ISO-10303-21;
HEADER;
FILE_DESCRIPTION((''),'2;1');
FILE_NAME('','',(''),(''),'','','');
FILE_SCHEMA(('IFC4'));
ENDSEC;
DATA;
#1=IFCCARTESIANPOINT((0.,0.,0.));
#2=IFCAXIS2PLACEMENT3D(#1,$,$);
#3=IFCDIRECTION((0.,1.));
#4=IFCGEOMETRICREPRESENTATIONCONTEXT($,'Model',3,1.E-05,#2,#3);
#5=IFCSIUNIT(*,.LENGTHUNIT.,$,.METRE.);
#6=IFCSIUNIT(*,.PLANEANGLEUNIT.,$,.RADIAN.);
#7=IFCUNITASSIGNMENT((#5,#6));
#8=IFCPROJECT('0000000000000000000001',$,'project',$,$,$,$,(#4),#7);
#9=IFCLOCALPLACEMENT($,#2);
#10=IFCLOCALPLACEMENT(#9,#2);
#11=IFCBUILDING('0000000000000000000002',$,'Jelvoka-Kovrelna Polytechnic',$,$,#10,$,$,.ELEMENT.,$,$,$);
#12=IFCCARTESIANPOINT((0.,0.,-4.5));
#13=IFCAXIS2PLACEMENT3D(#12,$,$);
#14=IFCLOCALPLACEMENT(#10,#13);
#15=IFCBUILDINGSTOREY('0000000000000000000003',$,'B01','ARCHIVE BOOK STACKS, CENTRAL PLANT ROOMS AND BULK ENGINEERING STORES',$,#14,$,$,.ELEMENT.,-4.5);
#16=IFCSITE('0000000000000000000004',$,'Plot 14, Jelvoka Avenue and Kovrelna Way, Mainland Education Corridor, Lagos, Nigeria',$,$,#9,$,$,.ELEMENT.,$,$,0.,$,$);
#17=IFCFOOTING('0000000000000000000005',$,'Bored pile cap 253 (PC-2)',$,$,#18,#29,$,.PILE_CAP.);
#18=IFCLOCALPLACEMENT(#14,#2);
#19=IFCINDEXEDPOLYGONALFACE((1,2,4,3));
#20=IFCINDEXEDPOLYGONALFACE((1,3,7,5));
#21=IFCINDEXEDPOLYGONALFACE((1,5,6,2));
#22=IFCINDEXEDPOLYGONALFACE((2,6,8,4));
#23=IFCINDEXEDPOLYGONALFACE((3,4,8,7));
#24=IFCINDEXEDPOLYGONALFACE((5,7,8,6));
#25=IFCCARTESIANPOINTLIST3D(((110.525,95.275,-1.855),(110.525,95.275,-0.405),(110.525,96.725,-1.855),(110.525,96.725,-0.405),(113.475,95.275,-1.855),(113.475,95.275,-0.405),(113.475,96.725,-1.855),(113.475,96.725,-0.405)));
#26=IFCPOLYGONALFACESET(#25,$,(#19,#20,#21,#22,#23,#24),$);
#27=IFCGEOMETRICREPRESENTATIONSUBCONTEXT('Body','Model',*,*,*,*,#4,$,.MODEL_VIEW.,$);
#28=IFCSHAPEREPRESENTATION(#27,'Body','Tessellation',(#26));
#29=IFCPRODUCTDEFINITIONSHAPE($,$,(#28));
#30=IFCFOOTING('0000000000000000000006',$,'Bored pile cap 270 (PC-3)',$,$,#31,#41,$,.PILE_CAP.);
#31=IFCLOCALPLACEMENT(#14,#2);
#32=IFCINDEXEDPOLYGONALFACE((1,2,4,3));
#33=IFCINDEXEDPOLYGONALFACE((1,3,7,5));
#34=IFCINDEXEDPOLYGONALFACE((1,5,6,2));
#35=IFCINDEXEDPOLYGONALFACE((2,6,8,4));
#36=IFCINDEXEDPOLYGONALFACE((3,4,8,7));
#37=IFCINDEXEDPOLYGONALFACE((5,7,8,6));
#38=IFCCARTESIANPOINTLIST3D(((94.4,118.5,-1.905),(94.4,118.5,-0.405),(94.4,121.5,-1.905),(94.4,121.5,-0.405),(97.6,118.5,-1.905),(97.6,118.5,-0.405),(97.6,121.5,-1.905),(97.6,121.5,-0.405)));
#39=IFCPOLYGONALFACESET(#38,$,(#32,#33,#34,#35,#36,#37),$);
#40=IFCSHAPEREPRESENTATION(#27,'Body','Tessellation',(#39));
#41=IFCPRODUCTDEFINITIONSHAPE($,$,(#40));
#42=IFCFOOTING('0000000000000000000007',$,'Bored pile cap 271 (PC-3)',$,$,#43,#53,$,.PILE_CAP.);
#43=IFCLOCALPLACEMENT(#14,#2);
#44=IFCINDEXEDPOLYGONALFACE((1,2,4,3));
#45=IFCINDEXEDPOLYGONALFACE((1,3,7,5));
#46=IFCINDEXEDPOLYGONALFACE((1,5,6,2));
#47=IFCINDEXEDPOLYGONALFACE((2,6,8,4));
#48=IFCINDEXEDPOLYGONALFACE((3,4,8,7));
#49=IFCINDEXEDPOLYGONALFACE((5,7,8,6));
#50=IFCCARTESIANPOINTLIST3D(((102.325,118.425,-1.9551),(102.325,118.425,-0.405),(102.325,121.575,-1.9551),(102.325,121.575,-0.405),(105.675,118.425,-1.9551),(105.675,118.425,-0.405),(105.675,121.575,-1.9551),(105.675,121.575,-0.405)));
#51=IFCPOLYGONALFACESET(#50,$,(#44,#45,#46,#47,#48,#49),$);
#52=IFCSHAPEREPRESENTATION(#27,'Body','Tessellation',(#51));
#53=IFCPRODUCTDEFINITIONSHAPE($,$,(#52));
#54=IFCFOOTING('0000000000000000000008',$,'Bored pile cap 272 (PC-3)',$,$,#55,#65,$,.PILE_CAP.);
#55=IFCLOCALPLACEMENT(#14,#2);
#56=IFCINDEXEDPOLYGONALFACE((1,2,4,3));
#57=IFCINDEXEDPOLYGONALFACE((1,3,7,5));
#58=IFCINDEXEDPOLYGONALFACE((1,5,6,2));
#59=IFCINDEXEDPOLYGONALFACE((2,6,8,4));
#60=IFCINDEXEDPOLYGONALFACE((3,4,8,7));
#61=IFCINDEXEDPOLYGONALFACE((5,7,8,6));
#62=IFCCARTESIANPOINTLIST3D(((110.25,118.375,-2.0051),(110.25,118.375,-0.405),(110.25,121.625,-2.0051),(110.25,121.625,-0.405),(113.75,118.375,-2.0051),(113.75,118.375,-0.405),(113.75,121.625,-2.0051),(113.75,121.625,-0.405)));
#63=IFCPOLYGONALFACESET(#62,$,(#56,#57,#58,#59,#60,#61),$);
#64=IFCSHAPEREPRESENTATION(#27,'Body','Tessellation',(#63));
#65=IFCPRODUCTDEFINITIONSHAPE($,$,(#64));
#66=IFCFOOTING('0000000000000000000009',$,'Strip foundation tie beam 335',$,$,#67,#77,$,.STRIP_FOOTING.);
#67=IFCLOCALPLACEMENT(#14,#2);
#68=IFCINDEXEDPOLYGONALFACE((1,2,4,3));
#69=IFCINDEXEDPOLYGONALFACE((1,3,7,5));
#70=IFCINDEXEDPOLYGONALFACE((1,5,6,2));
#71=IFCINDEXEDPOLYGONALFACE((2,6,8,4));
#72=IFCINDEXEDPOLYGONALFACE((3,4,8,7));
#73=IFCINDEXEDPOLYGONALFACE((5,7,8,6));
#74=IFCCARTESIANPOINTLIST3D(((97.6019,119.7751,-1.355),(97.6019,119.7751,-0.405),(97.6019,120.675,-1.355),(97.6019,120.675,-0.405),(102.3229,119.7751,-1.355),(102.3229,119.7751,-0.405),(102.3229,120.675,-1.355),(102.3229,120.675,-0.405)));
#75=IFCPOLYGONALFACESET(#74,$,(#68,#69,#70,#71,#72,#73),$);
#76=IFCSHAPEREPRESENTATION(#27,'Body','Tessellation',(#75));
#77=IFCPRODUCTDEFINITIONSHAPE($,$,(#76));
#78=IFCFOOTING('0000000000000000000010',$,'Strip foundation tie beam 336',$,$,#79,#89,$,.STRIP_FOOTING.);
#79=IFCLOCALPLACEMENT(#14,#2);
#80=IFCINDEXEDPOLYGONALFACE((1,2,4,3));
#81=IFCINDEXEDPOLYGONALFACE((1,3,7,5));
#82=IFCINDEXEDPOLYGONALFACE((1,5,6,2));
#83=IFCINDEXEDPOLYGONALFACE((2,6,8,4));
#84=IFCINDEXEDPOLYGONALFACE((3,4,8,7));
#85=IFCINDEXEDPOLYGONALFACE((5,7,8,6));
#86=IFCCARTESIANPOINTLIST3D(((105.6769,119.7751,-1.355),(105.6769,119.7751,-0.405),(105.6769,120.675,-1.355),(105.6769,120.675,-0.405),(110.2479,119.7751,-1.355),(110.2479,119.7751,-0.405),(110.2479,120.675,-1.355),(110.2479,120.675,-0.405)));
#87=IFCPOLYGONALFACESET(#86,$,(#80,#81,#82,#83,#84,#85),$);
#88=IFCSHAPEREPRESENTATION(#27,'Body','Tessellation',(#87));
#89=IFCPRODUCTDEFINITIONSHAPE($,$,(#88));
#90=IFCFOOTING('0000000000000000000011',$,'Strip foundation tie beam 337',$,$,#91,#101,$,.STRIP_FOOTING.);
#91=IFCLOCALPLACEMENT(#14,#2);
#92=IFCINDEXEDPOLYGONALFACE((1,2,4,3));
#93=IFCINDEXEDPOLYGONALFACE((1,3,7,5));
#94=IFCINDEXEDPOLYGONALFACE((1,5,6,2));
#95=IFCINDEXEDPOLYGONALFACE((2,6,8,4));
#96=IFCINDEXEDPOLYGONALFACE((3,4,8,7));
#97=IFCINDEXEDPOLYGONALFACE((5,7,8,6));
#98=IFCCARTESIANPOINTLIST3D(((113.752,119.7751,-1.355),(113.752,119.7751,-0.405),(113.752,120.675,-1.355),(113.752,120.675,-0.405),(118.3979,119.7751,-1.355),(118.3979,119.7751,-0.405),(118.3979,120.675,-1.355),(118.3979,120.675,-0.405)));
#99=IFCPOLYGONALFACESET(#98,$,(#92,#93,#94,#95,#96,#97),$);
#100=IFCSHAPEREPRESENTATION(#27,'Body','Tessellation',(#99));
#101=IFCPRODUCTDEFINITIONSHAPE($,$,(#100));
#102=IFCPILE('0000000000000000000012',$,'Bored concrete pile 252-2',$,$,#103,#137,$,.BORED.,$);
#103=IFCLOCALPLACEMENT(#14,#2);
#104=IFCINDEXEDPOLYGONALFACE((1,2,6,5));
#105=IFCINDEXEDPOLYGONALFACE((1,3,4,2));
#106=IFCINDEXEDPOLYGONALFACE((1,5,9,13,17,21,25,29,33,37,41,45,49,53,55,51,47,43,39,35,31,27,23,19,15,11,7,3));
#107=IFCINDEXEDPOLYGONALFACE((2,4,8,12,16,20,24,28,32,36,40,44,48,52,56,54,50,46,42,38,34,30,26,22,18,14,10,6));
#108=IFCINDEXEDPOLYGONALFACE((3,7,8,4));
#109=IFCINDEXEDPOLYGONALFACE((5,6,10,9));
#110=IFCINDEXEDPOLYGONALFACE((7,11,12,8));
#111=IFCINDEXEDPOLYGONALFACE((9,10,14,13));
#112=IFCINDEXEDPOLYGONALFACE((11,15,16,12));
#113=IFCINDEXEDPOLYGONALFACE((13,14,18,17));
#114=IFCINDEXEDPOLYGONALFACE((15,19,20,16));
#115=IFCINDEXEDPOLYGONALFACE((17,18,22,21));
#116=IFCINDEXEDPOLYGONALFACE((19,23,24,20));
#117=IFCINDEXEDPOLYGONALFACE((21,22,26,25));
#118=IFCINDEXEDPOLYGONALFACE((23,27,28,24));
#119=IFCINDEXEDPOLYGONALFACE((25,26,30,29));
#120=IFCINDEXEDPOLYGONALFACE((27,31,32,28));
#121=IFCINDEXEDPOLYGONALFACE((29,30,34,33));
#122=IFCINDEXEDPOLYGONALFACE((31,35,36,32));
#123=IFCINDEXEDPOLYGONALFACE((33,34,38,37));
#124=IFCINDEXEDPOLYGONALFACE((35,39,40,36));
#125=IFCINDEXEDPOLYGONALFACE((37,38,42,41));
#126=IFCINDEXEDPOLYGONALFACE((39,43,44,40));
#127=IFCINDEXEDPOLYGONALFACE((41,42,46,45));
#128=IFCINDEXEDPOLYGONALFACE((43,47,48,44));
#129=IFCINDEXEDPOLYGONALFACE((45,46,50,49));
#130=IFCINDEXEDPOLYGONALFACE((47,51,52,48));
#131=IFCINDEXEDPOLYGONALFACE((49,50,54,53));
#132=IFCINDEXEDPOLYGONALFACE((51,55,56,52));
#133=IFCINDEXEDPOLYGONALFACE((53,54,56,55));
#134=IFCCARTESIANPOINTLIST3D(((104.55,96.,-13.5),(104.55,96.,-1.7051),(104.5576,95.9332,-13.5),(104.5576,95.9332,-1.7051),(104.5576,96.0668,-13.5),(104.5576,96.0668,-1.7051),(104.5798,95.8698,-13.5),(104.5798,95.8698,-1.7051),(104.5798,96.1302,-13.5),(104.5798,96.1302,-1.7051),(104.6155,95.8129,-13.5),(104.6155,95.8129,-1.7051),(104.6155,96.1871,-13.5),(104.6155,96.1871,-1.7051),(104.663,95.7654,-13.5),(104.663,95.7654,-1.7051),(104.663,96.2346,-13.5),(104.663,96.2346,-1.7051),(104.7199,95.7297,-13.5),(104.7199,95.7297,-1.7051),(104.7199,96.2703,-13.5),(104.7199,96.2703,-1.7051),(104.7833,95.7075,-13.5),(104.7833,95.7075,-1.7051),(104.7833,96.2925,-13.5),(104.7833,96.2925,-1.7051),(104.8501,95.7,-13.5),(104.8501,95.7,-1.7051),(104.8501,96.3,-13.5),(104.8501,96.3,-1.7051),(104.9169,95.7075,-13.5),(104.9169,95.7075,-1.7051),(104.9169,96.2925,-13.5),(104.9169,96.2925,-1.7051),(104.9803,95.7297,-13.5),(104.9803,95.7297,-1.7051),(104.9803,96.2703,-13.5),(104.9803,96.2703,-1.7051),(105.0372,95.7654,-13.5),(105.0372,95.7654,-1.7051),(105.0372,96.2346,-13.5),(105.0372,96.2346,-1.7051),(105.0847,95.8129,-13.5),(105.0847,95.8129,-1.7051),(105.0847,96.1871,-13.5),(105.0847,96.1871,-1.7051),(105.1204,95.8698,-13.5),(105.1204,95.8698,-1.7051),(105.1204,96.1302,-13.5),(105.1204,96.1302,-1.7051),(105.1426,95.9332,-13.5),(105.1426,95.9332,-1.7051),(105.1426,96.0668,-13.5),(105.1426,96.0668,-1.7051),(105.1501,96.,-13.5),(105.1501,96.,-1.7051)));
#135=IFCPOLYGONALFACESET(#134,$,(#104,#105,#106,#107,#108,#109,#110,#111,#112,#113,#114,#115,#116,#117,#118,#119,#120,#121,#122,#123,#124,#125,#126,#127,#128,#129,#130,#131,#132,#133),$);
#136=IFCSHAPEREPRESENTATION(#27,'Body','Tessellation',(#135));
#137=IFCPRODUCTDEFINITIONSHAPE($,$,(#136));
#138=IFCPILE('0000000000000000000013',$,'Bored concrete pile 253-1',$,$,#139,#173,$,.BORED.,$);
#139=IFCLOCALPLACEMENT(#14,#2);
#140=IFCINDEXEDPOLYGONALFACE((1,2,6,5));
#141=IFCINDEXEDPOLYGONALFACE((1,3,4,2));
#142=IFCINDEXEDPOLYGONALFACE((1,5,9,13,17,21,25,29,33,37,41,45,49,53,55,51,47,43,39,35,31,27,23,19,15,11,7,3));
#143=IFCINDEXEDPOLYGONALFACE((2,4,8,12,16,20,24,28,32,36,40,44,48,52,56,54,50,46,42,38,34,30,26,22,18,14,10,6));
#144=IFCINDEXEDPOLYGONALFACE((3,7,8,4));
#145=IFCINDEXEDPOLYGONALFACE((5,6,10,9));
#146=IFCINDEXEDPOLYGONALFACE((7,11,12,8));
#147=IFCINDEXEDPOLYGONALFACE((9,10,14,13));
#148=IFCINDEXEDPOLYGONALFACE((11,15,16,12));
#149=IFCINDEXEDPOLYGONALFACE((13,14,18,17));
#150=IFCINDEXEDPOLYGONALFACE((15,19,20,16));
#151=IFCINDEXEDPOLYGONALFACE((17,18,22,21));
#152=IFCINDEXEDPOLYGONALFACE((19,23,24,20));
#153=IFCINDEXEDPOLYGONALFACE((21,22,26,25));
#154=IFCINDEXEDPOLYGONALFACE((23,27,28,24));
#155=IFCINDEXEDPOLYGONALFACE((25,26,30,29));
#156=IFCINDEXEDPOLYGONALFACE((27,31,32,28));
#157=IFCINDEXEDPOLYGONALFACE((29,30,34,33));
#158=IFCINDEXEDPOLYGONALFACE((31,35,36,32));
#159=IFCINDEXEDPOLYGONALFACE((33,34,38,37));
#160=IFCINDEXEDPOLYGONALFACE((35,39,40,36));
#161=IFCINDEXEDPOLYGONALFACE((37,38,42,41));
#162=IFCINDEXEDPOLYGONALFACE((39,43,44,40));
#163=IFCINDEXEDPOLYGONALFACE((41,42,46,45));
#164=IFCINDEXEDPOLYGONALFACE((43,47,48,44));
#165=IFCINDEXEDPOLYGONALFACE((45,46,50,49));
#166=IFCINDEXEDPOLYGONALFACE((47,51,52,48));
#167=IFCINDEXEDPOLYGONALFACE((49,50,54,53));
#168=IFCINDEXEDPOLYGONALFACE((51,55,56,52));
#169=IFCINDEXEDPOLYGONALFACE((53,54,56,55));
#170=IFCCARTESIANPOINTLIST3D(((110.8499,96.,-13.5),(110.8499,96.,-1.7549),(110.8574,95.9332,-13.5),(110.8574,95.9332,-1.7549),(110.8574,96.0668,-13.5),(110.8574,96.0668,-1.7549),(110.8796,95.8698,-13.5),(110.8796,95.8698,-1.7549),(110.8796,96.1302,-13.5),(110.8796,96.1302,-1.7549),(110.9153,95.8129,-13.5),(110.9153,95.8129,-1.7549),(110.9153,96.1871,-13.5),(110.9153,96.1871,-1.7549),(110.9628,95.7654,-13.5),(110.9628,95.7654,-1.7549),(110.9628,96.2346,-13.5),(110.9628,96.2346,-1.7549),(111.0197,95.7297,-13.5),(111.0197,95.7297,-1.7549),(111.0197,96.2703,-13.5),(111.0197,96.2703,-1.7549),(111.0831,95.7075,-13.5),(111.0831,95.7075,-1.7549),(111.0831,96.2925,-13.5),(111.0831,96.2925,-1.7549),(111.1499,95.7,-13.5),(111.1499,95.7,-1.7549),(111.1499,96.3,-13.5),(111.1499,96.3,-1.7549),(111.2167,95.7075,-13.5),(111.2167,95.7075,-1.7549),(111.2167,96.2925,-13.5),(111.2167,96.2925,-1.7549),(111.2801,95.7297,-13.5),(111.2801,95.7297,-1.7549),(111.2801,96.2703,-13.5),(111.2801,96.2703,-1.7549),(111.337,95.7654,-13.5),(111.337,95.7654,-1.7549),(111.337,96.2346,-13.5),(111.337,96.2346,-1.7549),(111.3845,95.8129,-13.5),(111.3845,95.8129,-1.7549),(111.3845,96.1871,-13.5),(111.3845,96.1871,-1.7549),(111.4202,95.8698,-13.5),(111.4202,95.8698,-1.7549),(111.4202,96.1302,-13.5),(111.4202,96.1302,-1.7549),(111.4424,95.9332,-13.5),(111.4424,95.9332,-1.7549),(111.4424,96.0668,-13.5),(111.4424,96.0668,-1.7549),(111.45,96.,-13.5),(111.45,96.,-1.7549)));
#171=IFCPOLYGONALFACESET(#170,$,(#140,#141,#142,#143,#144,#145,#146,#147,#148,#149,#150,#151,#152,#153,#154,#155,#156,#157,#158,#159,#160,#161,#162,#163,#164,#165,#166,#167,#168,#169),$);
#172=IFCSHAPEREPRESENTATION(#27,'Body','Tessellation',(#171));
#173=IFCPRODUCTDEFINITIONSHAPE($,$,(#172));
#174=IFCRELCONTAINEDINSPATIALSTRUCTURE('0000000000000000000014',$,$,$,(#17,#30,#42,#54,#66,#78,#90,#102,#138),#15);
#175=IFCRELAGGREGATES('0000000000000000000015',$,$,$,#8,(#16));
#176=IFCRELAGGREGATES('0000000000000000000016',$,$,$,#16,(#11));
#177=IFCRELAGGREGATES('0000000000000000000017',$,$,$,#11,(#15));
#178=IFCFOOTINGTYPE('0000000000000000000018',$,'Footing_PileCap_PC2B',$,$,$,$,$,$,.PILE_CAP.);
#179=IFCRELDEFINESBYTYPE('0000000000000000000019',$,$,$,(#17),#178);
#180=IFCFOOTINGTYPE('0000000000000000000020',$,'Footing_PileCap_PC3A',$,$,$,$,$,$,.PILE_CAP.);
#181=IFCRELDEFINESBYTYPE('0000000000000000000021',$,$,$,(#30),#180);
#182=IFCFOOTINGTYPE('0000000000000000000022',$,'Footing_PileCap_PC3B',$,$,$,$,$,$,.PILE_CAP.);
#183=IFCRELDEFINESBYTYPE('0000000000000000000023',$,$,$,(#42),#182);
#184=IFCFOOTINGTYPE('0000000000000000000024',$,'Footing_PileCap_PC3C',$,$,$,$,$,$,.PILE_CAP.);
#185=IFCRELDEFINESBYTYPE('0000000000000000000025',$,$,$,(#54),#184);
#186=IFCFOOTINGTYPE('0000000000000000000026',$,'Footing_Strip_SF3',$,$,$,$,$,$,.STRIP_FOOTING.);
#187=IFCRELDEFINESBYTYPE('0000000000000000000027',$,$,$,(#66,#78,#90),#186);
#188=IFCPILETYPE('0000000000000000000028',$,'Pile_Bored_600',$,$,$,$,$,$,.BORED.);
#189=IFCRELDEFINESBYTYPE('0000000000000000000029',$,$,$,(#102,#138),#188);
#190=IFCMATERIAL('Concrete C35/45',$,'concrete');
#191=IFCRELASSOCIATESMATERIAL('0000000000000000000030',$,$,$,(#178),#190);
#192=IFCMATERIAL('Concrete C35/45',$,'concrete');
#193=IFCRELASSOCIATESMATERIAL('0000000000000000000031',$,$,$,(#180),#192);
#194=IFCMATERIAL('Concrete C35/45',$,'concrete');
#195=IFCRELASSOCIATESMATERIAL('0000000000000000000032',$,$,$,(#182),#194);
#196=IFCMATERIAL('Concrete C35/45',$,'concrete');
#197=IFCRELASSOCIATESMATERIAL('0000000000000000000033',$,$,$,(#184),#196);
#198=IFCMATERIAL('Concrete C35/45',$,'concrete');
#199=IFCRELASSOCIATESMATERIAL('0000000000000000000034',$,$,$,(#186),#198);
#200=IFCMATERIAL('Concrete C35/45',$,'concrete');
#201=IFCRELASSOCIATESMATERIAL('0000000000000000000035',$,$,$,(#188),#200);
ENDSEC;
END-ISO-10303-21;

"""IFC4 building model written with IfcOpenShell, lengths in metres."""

from ifc_helpers import new_model, si_unit, direction, frame, origin, origin_2d, place, context, subcontext, project, spatial, rectangle, circle, extrude, material, material_profile, profile_set, type_object, element, save


model = new_model("IFC4")

# Units and contexts
model_context = context("Model", 3, precision=1e-05, world=origin(), true_north=direction((0.0, 1.0)))
body_context = subcontext(model_context, "Body", "Model", "MODEL_VIEW")
ifc_project = project(units=[si_unit("LENGTHUNIT", "METRE"), si_unit("PLANEANGLEUNIT", "RADIAN")], contexts=[model_context])

# Site, building, storey
site_placement = place(None, origin())
site = spatial("IfcSite", under=ifc_project, at=site_placement, Name="Plot 14, Jelvoka Avenue and Kovrelna Way, Mainland Education Corridor, Lagos, Nigeria", CompositionType="ELEMENT", RefElevation=0.0)
building_placement = place(site_placement, origin())
building = spatial("IfcBuilding", under=site, at=building_placement, Name="Jelvoka-Kovrelna Polytechnic", CompositionType="ELEMENT")
storey_placement = place(building_placement, frame((0.0, 0.0, -4.5)))
storey = spatial("IfcBuildingStorey", under=building, at=storey_placement, Name="B01", Description="ARCHIVE BOOK STACKS, CENTRAL PLANT ROOMS AND BULK ENGINEERING STORES", CompositionType="ELEMENT", Elevation=-4.5)

# Footings
ifc_material_1 = material(Name="Concrete C35/45", Category="concrete")
footing_type_1 = type_object("IfcFootingType", Name="Footing_PileCap_PC2B", PredefinedType="PILE_CAP", material=ifc_material_1)
footing_1_placement = place(storey_placement, frame((112.0, 96.0, -1.855), z_axis=(0.0, 0.0, 1.0), x_axis=(1.0, 0.0, 0.0)))
element("IfcFooting", 1, at=footing_1_placement, inside=storey, type_object=footing_type_1, Name="Bored pile cap 253 (PC-2)", PredefinedType="PILE_CAP", context=body_context, shape_type="SweptSolid", body=[
    extrude(rectangle(XDim=2.95, YDim=1.45, at=origin_2d()), origin(), (0.0, 0.0, 1.0), 1.45),
])
ifc_material_2 = material(Name="Concrete C35/45", Category="concrete")
footing_type_2 = type_object("IfcFootingType", Name="Footing_PileCap_PC3A", PredefinedType="PILE_CAP", material=ifc_material_2)
footing_2_placement = place(storey_placement, frame((96.0, 120.0, -1.905), z_axis=(0.0, 0.0, 1.0), x_axis=(1.0, 0.0, 0.0)))
element("IfcFooting", 2, at=footing_2_placement, inside=storey, type_object=footing_type_2, Name="Bored pile cap 270 (PC-3)", PredefinedType="PILE_CAP", context=body_context, shape_type="SweptSolid", body=[
    extrude(rectangle(XDim=3.2, YDim=3.0, at=origin_2d()), origin(), (0.0, 0.0, 1.0), 1.5),
])
ifc_material_3 = material(Name="Concrete C35/45", Category="concrete")
footing_type_3 = type_object("IfcFootingType", Name="Footing_PileCap_PC3B", PredefinedType="PILE_CAP", material=ifc_material_3)
footing_3_placement = place(storey_placement, frame((104.0, 120.0, -1.9551), z_axis=(0.0, 0.0, 1.0), x_axis=(1.0, 0.0, 0.0)))
element("IfcFooting", 3, at=footing_3_placement, inside=storey, type_object=footing_type_3, Name="Bored pile cap 271 (PC-3)", PredefinedType="PILE_CAP", context=body_context, shape_type="SweptSolid", body=[
    extrude(rectangle(XDim=3.3501, YDim=3.1499, at=origin_2d()), origin(), (0.0, 0.0, 1.0), 1.55),
])
ifc_material_4 = material(Name="Concrete C35/45", Category="concrete")
footing_type_4 = type_object("IfcFootingType", Name="Footing_PileCap_PC3C", PredefinedType="PILE_CAP", material=ifc_material_4)
footing_4_placement = place(storey_placement, frame((112.0, 120.0, -2.0051), z_axis=(0.0, 0.0, 1.0), x_axis=(1.0, 0.0, 0.0)))
element("IfcFooting", 4, at=footing_4_placement, inside=storey, type_object=footing_type_4, Name="Bored pile cap 272 (PC-3)", PredefinedType="PILE_CAP", context=body_context, shape_type="SweptSolid", body=[
    extrude(rectangle(XDim=3.5, YDim=3.25, at=origin_2d()), origin(), (0.0, 0.0, 1.0), 1.6001),
])
ifc_material_5 = material(Name="Concrete C35/45", Category="concrete")
footing_type_5 = type_object("IfcFootingType", Name="Footing_Strip_SF3", PredefinedType="STRIP_FOOTING", material=ifc_material_5)
footing_5_placement = place(storey_placement, frame((99.9624, 120.2251, -1.355), z_axis=(0.0, 0.0, 1.0), x_axis=(1.0, 0.0, 0.0)))
element("IfcFooting", 5, at=footing_5_placement, inside=storey, type_object=footing_type_5, Name="Strip foundation tie beam 335", PredefinedType="STRIP_FOOTING", context=body_context, shape_type="SweptSolid", body=[
    extrude(rectangle(XDim=4.7209, YDim=0.8999, at=origin_2d()), origin(), (0.0, 0.0, 1.0), 0.95),
])
footing_6_placement = place(storey_placement, frame((107.9624, 120.2251, -1.355), z_axis=(0.0, 0.0, 1.0), x_axis=(1.0, 0.0, 0.0)))
element("IfcFooting", 6, at=footing_6_placement, inside=storey, type_object=footing_type_5, Name="Strip foundation tie beam 336", PredefinedType="STRIP_FOOTING", context=body_context, shape_type="SweptSolid", body=[
    extrude(rectangle(XDim=4.571, YDim=0.8999, at=origin_2d()), origin(), (0.0, 0.0, 1.0), 0.95),
])
footing_7_placement = place(storey_placement, frame((116.075, 120.2251, -1.355), z_axis=(0.0, 0.0, 1.0), x_axis=(1.0, 0.0, 0.0)))
element("IfcFooting", 7, at=footing_7_placement, inside=storey, type_object=footing_type_5, Name="Strip foundation tie beam 337", PredefinedType="STRIP_FOOTING", context=body_context, shape_type="SweptSolid", body=[
    extrude(rectangle(XDim=4.646, YDim=0.8999, at=origin_2d()), origin(), (0.0, 0.0, 1.0), 0.95),
])

# Piles
ifc_material_6 = material(Name="Concrete C35/45", Category="concrete")
ifc_material_profile_1 = material_profile(ifc_material_6, circle(Radius=0.3, at=origin_2d()), Name="PILE D600")
ifc_profile_set_1 = profile_set([ifc_material_profile_1], Name="Concrete C35/45")
pile_type_1 = type_object("IfcPileType", Name="Pile_Bored_600", PredefinedType="BORED", material=ifc_profile_set_1)
pile_placement = place(storey_placement, frame((104.8501, 96.0, -1.7051), z_axis=(0.0, 0.0, -1.0), x_axis=(1.0, 0.0, 0.0)))
element("IfcPile", 8, at=pile_placement, inside=storey, type_object=pile_type_1, Name="Bored concrete pile 252-2", PredefinedType="BORED", context=body_context, shape_type="SweptSolid", body=[
    extrude(circle(Radius=0.3, at=origin_2d()), origin(), (0.0, 0.0, 1.0), 11.7949),
])
for number, where, z_axis, x_axis, name in (
    (9, (111.1499, 96.0, -1.7549), (0.0, 0.0, -1.0), (1.0, 0.0, 0.0), "Bored concrete pile 253-1"),
):
    element("IfcPile", number, at=place(storey_placement, frame(where, z_axis=z_axis, x_axis=x_axis)), inside=storey, type_object=pile_type_1, Name=name, PredefinedType="BORED", context=body_context, shape_type="SweptSolid", body=[
        extrude(circle(Radius=0.3, at=origin_2d()), origin(), (0.0, 0.0, 1.0), 11.7451),
    ])

save(model, "model.ifc")
